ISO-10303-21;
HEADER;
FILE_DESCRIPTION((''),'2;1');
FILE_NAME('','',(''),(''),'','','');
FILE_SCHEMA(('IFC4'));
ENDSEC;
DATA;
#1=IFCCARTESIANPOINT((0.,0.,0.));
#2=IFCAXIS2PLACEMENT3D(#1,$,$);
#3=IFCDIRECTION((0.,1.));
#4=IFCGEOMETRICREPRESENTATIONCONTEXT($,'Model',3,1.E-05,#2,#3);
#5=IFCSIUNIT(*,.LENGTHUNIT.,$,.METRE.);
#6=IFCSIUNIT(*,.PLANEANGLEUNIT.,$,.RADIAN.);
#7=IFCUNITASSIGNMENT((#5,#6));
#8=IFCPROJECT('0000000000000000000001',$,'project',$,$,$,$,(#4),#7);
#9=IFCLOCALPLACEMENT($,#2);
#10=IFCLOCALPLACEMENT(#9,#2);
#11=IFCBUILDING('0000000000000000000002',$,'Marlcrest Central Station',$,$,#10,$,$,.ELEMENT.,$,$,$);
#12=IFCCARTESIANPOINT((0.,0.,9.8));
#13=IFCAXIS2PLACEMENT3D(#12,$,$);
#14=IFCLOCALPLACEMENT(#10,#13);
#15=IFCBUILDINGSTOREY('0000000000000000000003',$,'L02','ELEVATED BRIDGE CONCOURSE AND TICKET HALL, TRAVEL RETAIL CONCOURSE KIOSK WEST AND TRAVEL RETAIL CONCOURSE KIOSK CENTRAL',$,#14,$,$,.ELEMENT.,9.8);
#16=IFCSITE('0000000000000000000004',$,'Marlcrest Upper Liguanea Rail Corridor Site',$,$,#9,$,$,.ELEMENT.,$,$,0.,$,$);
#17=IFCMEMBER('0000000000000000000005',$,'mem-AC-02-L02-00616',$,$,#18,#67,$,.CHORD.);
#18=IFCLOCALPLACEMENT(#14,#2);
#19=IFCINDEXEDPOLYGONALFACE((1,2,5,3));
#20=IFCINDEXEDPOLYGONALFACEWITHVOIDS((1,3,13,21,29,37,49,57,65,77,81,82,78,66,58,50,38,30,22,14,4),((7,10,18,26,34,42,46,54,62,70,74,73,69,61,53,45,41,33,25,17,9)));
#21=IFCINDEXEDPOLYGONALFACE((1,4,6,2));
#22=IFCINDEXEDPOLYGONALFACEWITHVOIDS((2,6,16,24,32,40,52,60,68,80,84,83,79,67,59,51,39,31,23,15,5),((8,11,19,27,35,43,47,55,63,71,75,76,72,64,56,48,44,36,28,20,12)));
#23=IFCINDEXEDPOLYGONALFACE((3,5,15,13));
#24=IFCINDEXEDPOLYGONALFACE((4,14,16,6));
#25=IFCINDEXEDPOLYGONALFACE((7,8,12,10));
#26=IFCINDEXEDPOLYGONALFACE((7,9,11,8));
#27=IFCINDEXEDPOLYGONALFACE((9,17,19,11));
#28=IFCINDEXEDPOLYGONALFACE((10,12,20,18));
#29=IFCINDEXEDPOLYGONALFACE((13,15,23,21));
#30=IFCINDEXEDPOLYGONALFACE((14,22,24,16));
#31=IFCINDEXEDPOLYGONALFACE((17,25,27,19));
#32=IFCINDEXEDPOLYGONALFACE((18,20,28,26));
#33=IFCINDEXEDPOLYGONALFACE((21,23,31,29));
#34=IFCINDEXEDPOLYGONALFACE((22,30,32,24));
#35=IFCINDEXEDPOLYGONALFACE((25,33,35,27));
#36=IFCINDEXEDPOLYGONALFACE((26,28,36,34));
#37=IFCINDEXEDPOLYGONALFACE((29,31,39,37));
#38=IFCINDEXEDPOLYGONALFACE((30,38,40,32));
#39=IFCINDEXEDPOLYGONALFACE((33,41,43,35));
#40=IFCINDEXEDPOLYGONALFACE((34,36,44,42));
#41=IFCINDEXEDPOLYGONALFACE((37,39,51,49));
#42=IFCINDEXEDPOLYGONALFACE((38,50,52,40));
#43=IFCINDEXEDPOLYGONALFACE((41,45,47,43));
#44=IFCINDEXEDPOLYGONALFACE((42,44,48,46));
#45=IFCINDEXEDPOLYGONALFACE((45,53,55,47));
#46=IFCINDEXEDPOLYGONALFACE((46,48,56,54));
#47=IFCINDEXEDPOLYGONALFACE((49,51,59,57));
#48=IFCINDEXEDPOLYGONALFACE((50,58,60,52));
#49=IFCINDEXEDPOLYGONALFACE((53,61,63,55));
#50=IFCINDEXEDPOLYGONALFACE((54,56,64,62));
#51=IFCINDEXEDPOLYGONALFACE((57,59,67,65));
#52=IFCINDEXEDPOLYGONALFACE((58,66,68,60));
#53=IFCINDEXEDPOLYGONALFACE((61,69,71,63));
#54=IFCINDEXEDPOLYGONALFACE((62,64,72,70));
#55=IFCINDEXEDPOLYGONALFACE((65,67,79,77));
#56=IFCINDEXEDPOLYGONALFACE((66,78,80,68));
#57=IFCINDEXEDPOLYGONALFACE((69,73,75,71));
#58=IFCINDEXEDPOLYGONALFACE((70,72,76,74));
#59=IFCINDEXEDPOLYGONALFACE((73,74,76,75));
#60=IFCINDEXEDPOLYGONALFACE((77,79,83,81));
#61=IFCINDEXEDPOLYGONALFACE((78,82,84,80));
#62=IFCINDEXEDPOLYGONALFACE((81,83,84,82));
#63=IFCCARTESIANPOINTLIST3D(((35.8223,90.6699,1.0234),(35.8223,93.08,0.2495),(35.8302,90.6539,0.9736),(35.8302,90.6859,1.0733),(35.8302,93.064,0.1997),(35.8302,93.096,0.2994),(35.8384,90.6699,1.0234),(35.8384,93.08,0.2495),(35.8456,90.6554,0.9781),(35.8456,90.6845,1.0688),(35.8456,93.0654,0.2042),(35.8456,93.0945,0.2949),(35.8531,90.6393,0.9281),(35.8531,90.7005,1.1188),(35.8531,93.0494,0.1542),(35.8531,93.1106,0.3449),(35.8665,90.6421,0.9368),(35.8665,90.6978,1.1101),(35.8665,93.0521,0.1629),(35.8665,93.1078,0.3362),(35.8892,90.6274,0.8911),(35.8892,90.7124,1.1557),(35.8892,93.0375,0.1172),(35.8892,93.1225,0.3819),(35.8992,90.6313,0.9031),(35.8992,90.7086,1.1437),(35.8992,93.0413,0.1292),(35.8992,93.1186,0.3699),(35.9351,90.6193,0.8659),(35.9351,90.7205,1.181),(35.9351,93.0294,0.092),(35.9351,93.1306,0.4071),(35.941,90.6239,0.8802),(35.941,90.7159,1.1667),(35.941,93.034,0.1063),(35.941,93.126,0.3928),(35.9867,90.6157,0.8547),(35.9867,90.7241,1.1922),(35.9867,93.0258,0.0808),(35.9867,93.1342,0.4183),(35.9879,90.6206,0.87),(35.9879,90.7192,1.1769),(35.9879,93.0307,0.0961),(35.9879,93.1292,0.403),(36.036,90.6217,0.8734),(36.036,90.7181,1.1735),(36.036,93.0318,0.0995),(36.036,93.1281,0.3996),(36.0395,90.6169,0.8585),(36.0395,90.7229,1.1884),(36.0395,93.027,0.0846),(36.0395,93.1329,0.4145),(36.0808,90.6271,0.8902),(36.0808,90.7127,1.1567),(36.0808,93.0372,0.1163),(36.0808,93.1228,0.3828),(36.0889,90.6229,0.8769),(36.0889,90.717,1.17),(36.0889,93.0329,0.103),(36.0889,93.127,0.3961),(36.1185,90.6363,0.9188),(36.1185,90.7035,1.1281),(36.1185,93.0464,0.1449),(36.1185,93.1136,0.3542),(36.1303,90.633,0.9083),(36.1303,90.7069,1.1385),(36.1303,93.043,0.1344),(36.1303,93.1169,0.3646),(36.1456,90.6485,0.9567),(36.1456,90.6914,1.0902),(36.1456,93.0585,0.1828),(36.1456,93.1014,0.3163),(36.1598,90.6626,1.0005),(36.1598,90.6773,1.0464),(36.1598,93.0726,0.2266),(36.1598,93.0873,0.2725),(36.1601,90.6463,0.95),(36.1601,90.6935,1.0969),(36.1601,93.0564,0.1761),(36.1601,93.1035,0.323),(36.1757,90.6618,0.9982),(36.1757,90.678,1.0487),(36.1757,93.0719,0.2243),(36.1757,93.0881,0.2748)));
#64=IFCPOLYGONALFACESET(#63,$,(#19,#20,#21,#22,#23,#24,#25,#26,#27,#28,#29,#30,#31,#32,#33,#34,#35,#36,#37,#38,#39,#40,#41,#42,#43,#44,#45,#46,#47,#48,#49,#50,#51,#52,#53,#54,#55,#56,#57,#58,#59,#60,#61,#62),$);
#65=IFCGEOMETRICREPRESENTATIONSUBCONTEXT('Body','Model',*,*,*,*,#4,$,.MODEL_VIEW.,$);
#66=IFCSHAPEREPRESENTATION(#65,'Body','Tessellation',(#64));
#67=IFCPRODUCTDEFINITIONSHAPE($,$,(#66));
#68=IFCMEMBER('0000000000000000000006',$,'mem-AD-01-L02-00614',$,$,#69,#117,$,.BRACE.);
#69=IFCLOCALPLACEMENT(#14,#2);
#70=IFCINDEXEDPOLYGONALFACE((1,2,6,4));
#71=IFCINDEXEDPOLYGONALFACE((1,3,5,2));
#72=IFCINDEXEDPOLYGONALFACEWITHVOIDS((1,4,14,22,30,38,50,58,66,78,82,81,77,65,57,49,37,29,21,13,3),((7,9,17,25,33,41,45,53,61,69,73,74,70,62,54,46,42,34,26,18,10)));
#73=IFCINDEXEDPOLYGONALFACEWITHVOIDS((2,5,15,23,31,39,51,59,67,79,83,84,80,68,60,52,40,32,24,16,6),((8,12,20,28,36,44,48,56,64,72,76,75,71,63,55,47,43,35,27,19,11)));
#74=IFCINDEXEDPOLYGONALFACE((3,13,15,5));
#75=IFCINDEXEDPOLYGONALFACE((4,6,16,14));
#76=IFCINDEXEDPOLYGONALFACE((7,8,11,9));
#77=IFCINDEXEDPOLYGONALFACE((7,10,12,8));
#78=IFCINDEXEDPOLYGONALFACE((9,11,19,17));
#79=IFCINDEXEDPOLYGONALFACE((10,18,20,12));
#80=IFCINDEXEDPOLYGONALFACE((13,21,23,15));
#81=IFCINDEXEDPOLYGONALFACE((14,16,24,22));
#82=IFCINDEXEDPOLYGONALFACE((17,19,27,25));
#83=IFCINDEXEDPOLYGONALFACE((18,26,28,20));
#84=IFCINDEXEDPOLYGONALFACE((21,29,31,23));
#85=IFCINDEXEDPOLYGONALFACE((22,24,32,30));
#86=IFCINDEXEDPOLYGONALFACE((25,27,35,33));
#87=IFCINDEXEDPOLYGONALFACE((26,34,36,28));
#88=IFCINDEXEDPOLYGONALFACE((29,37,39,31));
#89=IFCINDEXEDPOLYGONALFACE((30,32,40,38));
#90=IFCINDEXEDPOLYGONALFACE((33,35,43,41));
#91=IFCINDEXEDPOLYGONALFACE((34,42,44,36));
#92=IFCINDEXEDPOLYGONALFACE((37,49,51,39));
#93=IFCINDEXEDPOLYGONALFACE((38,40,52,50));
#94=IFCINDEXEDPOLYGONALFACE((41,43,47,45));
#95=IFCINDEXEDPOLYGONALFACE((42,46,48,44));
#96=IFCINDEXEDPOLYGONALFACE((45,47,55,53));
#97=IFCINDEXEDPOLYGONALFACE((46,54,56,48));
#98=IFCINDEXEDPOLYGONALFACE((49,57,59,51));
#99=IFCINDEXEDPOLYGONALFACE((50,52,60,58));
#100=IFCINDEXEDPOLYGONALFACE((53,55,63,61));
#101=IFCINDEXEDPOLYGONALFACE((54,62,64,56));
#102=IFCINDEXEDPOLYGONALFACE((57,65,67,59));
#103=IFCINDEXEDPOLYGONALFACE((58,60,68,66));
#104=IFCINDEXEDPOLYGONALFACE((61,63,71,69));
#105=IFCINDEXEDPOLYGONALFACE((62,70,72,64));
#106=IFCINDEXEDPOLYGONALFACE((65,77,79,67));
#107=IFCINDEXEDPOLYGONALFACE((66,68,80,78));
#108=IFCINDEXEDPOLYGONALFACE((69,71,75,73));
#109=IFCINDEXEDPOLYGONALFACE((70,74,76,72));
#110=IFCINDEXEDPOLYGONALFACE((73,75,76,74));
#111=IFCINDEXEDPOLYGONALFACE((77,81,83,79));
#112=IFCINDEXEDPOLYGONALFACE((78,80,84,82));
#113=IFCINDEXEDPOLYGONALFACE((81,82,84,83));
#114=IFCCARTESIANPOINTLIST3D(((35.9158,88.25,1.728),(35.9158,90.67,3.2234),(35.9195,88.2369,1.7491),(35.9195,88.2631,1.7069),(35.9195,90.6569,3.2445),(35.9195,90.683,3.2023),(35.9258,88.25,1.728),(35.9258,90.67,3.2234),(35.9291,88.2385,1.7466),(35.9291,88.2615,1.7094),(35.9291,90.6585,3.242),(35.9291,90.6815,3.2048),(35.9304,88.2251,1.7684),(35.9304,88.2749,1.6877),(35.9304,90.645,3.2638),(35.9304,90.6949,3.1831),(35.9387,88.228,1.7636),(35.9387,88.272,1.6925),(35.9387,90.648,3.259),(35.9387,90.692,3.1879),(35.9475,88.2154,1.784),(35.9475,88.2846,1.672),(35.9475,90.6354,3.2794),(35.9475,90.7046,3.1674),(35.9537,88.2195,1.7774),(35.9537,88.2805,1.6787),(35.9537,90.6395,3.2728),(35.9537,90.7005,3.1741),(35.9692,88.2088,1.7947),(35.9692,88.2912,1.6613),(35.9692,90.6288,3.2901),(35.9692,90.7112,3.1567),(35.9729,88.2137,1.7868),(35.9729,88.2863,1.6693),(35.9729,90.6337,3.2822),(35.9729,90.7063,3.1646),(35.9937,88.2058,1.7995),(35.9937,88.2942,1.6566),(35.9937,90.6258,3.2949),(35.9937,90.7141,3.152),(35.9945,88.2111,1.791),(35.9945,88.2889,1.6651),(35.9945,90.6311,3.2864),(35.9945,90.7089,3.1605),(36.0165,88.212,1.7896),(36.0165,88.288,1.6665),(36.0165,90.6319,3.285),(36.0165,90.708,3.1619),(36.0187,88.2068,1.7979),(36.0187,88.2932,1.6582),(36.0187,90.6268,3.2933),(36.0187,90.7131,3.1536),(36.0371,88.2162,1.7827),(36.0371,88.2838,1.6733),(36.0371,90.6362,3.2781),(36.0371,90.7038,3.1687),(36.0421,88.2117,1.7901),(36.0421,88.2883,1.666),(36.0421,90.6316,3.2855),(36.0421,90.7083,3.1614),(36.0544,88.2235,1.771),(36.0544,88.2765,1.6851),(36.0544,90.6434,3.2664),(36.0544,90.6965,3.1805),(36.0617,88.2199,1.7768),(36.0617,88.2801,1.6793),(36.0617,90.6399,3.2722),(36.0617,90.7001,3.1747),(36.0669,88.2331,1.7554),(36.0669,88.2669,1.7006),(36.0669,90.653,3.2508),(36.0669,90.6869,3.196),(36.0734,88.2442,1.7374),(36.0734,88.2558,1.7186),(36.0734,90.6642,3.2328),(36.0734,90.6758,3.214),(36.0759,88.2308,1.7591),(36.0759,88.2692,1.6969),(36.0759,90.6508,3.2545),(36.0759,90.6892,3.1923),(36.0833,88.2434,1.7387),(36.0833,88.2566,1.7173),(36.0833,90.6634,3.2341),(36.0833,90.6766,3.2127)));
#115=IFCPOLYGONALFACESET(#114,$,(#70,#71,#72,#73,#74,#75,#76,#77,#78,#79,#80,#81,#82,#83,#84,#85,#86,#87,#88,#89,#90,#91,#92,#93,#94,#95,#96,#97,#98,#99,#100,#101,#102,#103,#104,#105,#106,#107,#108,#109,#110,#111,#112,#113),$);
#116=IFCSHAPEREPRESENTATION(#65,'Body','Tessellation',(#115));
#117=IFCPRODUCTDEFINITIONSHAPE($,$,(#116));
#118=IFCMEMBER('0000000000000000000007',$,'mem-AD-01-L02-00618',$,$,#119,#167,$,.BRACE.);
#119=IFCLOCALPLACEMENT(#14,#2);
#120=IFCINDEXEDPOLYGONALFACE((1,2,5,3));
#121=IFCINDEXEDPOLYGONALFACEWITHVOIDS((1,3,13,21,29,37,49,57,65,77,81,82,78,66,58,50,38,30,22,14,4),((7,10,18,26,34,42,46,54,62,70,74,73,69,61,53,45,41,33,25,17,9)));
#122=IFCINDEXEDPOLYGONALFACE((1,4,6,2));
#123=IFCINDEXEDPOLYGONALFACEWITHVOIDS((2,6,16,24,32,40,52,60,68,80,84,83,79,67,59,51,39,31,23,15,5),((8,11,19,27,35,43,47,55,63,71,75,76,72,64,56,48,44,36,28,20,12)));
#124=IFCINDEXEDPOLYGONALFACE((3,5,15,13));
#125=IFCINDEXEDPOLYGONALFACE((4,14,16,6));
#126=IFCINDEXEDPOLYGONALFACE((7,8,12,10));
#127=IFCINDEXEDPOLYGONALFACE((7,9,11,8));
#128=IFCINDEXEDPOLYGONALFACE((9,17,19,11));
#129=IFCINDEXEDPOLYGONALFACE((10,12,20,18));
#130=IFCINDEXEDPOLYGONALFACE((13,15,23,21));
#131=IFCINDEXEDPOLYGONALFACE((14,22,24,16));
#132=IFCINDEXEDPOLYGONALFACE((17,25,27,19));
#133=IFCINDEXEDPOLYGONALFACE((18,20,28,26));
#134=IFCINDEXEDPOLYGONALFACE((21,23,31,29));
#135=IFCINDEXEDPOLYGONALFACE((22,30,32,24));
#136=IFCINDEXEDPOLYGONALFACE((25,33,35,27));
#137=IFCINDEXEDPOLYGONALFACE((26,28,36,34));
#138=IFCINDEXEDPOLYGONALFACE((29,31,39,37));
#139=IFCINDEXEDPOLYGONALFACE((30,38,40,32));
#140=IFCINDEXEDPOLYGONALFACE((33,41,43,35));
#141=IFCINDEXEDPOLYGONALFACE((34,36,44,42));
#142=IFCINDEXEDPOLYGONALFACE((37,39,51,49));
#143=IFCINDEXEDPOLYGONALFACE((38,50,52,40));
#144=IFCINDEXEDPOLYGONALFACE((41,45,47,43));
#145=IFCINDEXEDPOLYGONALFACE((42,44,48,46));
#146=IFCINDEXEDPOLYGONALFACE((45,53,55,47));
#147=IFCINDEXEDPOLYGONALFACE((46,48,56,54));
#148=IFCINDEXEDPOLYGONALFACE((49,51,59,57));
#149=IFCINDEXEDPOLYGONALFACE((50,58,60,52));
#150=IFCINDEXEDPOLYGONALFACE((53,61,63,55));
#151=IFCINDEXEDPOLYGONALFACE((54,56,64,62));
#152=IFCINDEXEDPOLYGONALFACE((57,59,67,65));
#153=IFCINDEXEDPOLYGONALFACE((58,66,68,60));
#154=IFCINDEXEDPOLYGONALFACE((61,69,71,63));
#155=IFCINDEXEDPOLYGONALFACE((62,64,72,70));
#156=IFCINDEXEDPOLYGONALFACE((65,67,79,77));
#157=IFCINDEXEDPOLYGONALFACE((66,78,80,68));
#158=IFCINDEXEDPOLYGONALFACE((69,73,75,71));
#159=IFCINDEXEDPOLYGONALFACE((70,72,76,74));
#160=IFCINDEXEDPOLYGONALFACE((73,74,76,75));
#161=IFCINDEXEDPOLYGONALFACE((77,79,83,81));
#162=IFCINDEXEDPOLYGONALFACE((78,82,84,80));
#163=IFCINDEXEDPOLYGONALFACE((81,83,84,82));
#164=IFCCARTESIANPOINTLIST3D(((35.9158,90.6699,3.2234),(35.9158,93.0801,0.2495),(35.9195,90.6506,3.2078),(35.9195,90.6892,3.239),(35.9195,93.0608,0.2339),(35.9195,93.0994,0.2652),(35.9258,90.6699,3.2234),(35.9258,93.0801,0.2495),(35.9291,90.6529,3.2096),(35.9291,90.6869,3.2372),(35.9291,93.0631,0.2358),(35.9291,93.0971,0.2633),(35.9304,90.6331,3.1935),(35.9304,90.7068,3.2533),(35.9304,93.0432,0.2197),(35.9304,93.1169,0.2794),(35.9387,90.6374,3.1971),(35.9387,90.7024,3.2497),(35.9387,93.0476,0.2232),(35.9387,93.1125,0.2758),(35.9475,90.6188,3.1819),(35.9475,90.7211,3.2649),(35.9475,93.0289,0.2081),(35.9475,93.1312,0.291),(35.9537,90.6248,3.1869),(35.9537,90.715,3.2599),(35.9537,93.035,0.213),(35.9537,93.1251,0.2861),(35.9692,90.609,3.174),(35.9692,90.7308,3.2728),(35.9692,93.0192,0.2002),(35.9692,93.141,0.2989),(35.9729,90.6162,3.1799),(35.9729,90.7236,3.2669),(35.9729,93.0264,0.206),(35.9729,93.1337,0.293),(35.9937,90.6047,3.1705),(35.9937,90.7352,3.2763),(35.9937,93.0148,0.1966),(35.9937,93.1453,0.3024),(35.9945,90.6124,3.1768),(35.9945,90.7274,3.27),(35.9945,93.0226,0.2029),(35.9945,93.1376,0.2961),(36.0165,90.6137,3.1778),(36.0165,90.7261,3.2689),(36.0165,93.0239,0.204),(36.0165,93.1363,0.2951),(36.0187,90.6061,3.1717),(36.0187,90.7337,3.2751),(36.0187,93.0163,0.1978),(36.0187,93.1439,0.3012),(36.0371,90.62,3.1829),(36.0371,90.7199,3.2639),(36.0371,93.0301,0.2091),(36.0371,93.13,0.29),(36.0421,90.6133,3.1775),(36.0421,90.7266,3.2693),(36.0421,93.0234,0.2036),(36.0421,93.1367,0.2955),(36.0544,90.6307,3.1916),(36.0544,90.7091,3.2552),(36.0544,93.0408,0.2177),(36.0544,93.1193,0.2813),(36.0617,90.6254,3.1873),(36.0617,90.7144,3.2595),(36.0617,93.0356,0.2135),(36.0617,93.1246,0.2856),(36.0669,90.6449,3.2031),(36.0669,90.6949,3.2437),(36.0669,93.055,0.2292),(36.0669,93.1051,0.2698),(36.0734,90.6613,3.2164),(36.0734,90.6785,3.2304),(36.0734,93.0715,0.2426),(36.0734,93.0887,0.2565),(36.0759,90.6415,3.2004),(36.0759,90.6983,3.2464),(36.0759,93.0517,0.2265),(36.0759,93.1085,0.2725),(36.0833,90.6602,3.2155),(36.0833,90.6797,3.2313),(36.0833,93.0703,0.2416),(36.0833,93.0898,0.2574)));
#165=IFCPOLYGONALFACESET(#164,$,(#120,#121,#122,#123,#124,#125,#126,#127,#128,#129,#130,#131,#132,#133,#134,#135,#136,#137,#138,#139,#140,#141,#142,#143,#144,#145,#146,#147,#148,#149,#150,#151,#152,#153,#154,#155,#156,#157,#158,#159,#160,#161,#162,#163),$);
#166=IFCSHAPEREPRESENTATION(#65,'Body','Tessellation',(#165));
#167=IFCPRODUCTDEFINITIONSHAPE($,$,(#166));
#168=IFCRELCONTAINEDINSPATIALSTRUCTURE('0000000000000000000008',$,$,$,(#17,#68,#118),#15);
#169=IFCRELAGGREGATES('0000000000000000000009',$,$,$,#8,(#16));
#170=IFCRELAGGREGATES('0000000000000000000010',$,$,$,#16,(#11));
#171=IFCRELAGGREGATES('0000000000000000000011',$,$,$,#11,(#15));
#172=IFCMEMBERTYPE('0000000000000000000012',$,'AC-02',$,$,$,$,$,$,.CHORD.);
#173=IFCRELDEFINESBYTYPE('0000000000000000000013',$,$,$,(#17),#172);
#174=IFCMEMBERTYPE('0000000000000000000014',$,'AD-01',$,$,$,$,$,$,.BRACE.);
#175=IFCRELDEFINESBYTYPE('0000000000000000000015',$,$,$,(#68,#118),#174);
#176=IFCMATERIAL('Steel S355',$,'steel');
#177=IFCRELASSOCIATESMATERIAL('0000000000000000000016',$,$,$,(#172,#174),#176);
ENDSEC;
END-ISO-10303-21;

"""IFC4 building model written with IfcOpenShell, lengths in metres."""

from ifc_helpers import new_model, si_unit, direction, frame, origin, origin_2d, place, context, subcontext, project, spatial, hollow_circle, extrude, material, material_profile, profile_set, type_object, element, save


model = new_model("IFC4")

# Units and contexts
model_context = context("Model", 3, precision=1e-05, world=origin(), true_north=direction((0.0, 1.0)))
body_context = subcontext(model_context, "Body", "Model", "MODEL_VIEW")
ifc_project = project(units=[si_unit("LENGTHUNIT", "METRE"), si_unit("PLANEANGLEUNIT", "RADIAN")], contexts=[model_context])

# Site, building, storey
site_placement = place(None, origin())
site = spatial("IfcSite", under=ifc_project, at=site_placement, Name="Marlcrest Upper Liguanea Rail Corridor Site", CompositionType="ELEMENT", RefElevation=0.0)
building_placement = place(site_placement, origin())
building = spatial("IfcBuilding", under=site, at=building_placement, Name="Marlcrest Central Station", CompositionType="ELEMENT")
storey_placement = place(building_placement, frame((0.0, 0.0, 9.8)))
storey = spatial("IfcBuildingStorey", under=building, at=storey_placement, Name="L02", Description="ELEVATED BRIDGE CONCOURSE AND TICKET HALL, TRAVEL RETAIL CONCOURSE KIOSK WEST AND TRAVEL RETAIL CONCOURSE KIOSK CENTRAL", CompositionType="ELEMENT", Elevation=9.8)

# Members
ifc_material_1 = material(Name="Steel S355", Category="steel")
ifc_material_profile_1 = material_profile(ifc_material_1, hollow_circle(Radius=0.1777, WallThickness=0.0161, at=origin_2d()), Name="CHS 355.6x16")
ifc_profile_set_1 = profile_set([ifc_material_profile_1], Name="Steel S355")
member_type_1 = type_object("IfcMemberType", Name="AC-02", PredefinedType="CHORD", material=ifc_profile_set_1)
member_1_placement = place(storey_placement, frame((36.0, 90.6699, 1.0234), z_axis=(0.0, 0.952117, -0.305734), x_axis=(-1.0, 0.0, 0.0)))
element("IfcMember", 1, at=member_1_placement, inside=storey, type_object=member_type_1, Name="mem-AC-02-L02-00616", PredefinedType="CHORD", context=body_context, shape_type="SweptSolid", body=[
    extrude(hollow_circle(Radius=0.1777, WallThickness=0.0161, at=origin_2d()), origin(), (0.0, 0.0, 1.0), 2.5312),
])
ifc_material_profile_2 = material_profile(ifc_material_1, hollow_circle(Radius=0.0842, WallThickness=0.01, at=origin_2d()), Name="CHS 168.3x10")
ifc_profile_set_2 = profile_set([ifc_material_profile_2], Name="Steel S355")
member_type_2 = type_object("IfcMemberType", Name="AD-01", PredefinedType="BRACE", material=ifc_profile_set_2)
member_2_placement = place(storey_placement, frame((36.0, 88.25, 1.728), z_axis=(0.0, 0.850687, 0.525672), x_axis=(-1.0, 0.0, 0.0)))
element("IfcMember", 2, at=member_2_placement, inside=storey, type_object=member_type_2, Name="mem-AD-01-L02-00614", PredefinedType="BRACE", context=body_context, shape_type="SweptSolid", body=[
    extrude(hollow_circle(Radius=0.0842, WallThickness=0.01, at=origin_2d()), origin(), (0.0, 0.0, 1.0), 2.8447),
])
member_3_placement = place(storey_placement, frame((36.0, 90.6699, 3.2234), z_axis=(0.0, 0.629629, -0.776896), x_axis=(-1.0, 0.0, 0.0)))
element("IfcMember", 3, at=member_3_placement, inside=storey, type_object=member_type_2, Name="mem-AD-01-L02-00618", PredefinedType="BRACE", context=body_context, shape_type="SweptSolid", body=[
    extrude(hollow_circle(Radius=0.0842, WallThickness=0.01, at=origin_2d()), origin(), (0.0, 0.0, 1.0), 3.8279),
])

save(model, "model.ifc")
